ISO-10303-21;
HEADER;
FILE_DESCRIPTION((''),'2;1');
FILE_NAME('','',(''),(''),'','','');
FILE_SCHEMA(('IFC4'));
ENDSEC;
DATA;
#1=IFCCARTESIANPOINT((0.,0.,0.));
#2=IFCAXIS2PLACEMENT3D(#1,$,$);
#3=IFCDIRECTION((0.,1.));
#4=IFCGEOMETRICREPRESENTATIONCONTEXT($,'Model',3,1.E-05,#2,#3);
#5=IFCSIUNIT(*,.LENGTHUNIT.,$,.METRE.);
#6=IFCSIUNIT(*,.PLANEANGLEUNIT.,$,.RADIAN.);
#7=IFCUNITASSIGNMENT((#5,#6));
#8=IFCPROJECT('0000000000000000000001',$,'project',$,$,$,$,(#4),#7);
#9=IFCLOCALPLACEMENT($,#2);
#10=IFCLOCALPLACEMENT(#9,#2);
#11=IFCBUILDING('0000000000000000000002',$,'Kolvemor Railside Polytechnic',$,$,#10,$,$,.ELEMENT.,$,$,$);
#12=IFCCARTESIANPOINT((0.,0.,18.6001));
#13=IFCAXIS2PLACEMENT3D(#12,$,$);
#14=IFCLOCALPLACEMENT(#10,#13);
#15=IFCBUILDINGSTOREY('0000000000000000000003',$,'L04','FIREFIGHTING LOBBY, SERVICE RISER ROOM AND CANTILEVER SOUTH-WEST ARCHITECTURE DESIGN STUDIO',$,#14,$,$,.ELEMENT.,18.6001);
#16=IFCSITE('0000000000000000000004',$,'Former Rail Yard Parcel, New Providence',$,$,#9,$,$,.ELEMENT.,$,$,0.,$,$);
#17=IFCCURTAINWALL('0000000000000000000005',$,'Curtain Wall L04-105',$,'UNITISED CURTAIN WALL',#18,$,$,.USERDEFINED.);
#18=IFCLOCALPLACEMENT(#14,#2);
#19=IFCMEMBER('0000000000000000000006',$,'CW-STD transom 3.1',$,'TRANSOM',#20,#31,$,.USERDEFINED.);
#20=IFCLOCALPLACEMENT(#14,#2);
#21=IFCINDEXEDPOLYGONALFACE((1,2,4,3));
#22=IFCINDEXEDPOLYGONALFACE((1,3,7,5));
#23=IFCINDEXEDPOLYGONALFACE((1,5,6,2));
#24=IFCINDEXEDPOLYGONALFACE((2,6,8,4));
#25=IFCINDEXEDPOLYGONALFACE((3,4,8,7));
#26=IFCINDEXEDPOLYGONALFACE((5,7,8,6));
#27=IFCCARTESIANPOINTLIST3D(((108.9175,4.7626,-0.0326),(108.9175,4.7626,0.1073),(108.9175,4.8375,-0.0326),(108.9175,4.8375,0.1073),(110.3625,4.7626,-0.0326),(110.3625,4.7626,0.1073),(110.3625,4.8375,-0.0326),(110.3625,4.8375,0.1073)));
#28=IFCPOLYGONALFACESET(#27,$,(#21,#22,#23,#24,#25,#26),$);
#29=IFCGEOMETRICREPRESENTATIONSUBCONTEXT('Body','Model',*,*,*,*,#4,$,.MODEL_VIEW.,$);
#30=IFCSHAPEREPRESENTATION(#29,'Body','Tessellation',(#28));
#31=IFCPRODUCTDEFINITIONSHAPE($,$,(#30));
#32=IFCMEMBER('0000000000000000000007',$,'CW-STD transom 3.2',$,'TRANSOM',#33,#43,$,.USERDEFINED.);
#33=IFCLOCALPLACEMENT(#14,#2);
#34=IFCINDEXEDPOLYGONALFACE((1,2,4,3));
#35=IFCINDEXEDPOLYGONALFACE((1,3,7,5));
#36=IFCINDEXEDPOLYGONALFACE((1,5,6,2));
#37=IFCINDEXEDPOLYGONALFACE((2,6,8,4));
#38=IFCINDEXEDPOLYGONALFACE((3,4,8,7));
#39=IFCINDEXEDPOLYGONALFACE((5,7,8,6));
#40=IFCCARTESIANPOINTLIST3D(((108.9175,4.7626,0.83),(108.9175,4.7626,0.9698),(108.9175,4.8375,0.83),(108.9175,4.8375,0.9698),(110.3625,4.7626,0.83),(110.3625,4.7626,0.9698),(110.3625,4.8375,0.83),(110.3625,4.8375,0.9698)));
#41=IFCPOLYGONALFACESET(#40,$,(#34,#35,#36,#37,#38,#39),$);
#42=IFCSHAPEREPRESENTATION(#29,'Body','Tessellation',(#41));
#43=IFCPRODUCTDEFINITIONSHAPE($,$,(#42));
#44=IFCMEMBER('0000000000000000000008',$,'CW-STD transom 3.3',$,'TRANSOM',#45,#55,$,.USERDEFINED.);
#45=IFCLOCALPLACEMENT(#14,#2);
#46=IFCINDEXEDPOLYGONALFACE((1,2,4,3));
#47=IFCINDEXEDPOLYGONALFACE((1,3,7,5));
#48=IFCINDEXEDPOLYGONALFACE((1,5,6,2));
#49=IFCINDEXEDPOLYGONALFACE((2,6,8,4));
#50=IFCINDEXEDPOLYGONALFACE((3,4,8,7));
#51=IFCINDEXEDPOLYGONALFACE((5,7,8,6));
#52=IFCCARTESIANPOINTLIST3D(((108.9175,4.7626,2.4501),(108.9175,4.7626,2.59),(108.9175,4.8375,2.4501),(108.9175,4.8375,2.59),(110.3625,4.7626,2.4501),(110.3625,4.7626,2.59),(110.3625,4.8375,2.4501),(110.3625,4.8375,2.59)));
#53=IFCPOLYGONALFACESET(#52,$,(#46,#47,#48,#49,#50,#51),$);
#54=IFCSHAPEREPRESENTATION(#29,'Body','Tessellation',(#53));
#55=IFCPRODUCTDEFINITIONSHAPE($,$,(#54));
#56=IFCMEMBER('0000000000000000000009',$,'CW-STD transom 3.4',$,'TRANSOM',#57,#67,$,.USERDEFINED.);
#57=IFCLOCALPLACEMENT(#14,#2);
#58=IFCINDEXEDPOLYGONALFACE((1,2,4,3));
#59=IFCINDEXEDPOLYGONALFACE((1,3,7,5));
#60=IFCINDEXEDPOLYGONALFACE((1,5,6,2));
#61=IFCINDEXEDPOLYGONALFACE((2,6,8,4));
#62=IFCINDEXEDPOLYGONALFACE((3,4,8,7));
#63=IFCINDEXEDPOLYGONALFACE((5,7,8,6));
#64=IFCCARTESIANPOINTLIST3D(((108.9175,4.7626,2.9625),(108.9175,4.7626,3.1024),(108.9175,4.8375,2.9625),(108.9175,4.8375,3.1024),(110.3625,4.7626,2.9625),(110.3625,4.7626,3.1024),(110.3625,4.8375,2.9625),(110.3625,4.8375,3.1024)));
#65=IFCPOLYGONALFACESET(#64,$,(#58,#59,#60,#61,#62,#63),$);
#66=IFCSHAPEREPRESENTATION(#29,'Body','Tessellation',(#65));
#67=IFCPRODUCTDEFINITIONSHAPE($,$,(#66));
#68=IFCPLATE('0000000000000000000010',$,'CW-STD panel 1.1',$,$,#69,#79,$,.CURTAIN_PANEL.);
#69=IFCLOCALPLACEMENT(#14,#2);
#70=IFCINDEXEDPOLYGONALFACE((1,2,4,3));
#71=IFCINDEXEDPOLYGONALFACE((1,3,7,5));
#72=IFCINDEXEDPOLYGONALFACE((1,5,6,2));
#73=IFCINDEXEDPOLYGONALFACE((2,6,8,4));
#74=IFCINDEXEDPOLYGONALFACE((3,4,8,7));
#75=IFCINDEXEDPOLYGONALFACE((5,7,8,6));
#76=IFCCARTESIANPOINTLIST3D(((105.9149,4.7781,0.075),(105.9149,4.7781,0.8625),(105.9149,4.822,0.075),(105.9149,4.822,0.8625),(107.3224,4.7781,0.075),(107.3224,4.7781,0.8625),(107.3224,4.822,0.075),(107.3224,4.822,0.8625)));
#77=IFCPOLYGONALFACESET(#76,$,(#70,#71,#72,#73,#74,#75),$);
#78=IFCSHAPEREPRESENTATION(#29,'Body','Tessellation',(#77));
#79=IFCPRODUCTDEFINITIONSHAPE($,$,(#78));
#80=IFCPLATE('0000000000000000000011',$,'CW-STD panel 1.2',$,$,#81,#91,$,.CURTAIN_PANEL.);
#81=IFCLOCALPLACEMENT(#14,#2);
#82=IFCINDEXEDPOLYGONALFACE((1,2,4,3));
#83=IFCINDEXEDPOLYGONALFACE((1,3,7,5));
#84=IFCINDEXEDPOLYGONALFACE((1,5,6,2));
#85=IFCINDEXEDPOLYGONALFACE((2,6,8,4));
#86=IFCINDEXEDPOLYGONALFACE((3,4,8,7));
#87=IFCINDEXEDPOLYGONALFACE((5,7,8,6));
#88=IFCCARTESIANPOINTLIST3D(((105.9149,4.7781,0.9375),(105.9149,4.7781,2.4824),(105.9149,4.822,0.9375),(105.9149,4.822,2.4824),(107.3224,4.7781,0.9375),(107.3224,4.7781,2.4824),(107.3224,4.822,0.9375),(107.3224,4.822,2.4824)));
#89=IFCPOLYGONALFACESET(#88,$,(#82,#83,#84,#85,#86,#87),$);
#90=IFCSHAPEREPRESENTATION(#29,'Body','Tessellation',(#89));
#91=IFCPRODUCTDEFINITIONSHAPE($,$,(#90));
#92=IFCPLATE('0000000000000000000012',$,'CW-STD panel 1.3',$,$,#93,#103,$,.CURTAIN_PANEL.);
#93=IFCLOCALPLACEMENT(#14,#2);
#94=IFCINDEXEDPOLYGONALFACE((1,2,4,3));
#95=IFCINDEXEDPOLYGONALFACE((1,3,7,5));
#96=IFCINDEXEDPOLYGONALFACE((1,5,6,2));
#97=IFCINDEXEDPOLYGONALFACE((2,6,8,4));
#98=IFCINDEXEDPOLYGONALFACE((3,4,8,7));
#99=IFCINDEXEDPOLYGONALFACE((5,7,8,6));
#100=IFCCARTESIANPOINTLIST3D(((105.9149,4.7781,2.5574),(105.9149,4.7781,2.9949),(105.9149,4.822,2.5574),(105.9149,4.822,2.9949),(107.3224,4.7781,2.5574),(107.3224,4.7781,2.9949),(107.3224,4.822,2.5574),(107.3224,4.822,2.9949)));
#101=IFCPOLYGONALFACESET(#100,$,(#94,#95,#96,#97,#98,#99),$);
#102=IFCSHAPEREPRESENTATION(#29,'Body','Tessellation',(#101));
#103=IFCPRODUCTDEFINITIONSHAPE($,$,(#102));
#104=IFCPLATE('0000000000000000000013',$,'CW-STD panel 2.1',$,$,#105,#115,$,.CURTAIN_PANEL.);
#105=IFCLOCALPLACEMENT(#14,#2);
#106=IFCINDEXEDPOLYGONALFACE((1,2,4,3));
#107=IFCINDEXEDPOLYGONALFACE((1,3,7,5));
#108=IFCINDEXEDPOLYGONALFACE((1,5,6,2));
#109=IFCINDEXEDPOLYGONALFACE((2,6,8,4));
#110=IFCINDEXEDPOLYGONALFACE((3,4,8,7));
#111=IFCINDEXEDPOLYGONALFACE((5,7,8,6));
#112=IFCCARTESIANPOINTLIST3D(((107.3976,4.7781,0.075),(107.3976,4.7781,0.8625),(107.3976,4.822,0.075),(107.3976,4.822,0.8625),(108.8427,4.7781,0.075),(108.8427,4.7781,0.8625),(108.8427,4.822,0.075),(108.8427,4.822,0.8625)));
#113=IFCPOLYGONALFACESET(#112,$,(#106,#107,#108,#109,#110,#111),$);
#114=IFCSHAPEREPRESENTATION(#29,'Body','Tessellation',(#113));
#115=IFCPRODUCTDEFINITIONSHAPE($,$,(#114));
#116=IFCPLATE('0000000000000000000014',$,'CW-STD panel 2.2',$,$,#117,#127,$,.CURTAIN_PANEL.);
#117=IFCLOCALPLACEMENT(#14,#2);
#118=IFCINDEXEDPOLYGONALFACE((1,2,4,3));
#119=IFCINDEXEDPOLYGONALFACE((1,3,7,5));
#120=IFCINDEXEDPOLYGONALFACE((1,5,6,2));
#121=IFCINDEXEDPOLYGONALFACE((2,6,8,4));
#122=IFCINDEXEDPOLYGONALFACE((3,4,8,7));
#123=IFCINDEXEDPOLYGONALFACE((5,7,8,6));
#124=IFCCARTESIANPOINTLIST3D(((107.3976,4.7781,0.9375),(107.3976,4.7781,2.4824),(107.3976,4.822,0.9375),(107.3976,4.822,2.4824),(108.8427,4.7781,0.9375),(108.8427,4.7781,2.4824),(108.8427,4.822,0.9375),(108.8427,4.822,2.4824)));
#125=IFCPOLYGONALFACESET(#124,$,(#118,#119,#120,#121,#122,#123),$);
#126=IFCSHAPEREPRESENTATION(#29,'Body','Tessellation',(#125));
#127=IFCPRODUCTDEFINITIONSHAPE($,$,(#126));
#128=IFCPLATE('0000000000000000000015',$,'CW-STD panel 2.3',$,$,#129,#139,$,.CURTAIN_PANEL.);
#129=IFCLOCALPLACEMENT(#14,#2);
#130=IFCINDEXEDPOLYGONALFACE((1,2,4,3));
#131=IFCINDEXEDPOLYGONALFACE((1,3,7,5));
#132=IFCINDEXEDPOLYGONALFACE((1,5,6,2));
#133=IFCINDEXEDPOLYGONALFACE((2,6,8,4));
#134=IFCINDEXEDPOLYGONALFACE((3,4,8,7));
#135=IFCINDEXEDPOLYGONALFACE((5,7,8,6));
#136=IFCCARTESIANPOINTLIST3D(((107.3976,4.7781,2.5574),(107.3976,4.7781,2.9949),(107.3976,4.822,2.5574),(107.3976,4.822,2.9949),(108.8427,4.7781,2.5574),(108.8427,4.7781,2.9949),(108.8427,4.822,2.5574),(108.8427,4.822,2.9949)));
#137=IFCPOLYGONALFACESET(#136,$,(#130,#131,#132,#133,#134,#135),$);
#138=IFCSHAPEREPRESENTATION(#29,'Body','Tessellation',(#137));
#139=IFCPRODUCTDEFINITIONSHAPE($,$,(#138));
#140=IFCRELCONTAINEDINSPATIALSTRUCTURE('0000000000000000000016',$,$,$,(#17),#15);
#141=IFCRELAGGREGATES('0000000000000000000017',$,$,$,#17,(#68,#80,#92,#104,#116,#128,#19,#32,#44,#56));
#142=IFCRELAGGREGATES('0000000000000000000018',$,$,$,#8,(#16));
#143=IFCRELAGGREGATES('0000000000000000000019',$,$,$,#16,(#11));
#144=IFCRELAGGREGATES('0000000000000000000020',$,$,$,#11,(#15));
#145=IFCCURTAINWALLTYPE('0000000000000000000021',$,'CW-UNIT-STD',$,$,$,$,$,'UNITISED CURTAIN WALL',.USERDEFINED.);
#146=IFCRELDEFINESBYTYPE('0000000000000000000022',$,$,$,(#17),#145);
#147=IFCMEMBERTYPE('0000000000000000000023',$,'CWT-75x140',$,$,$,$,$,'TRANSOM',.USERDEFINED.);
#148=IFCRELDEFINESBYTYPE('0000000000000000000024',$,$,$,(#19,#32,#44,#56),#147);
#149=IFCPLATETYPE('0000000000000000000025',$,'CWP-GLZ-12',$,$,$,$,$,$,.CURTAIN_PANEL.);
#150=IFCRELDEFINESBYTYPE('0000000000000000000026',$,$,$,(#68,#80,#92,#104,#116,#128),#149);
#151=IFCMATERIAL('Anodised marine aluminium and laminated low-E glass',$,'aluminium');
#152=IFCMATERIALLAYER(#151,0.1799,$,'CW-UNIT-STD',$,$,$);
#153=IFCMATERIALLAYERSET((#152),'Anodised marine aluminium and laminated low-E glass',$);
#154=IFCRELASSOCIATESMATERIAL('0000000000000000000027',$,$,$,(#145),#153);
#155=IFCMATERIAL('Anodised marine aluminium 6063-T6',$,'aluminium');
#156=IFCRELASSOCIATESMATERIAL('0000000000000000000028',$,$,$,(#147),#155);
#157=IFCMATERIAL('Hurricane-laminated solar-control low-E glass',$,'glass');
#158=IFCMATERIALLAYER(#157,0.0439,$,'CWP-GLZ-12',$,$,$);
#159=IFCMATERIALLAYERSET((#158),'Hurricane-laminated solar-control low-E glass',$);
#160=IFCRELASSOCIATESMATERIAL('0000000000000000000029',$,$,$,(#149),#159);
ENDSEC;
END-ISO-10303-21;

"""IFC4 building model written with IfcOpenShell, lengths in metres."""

from ifc_helpers import new_model, si_unit, direction, frame, origin, origin_2d, place, context, subcontext, project, spatial, rectangle, extrude, material, layer, layer_set, material_profile, profile_set, type_object, element, aggregate, save


model = new_model("IFC4")

# Units and contexts
model_context = context("Model", 3, precision=1e-05, world=origin(), true_north=direction((0.0, 1.0)))
body_context = subcontext(model_context, "Body", "Model", "MODEL_VIEW")
ifc_project = project(units=[si_unit("LENGTHUNIT", "METRE"), si_unit("PLANEANGLEUNIT", "RADIAN")], contexts=[model_context])

# Site, building, storey
site_placement = place(None, origin())
site = spatial("IfcSite", under=ifc_project, at=site_placement, Name="Former Rail Yard Parcel, New Providence", CompositionType="ELEMENT", RefElevation=0.0)
building_placement = place(site_placement, origin())
building = spatial("IfcBuilding", under=site, at=building_placement, Name="Kolvemor Railside Polytechnic", CompositionType="ELEMENT")
storey_placement = place(building_placement, frame((0.0, 0.0, 18.6001)))
storey = spatial("IfcBuildingStorey", under=building, at=storey_placement, Name="L04", Description="FIREFIGHTING LOBBY, SERVICE RISER ROOM AND CANTILEVER SOUTH-WEST ARCHITECTURE DESIGN STUDIO", CompositionType="ELEMENT", Elevation=18.6001)

# Curtain wall, members, plates
ifc_material_1 = material(Name="Anodised marine aluminium and laminated low-E glass", Category="aluminium")
ifc_layer_1 = layer(ifc_material_1, 0.1799, Name="CW-UNIT-STD")
ifc_layer_set_1 = layer_set([ifc_layer_1], Name="Anodised marine aluminium and laminated low-E glass")
curtain_wall_type = type_object("IfcCurtainWallType", Name="CW-UNIT-STD", ElementType="UNITISED CURTAIN WALL", PredefinedType="USERDEFINED", material=ifc_layer_set_1)
curtain_wall_placement = place(storey_placement, origin())
curtain_wall = element("IfcCurtainWall", 1, at=curtain_wall_placement, inside=storey, type_object=curtain_wall_type, Name="Curtain Wall L04-105", ObjectType="UNITISED CURTAIN WALL", PredefinedType="USERDEFINED")
ifc_material_2 = material(Name="Anodised marine aluminium 6063-T6", Category="aluminium")
ifc_material_profile_1 = material_profile(ifc_material_2, rectangle(XDim=0.075, YDim=0.1399, at=origin_2d()), Name="CW-TRN-75x140")
ifc_profile_set_1 = profile_set([ifc_material_profile_1], Name="Anodised marine aluminium 6063-T6")
member_type_1 = type_object("IfcMemberType", Name="CWT-75x140", ElementType="TRANSOM", PredefinedType="USERDEFINED", material=ifc_profile_set_1)
member_1_placement = place(storey_placement, frame((108.9175, 4.8, 0.0374), z_axis=(1.0, 0.0, 0.0), x_axis=(0.0, 1.0, 0.0)))
member_1 = element("IfcMember", 2, at=member_1_placement, type_object=member_type_1, Name="CW-STD transom 3.1", ObjectType="TRANSOM", PredefinedType="USERDEFINED", context=body_context, shape_type="SweptSolid", body=[
    extrude(rectangle(XDim=0.075, YDim=0.1399, at=origin_2d()), origin(), (0.0, 0.0, 1.0), 1.4451),
])
member_2_placement = place(storey_placement, frame((108.9175, 4.8, 0.8999), z_axis=(1.0, 0.0, 0.0), x_axis=(0.0, 1.0, 0.0)))
member_2 = element("IfcMember", 3, at=member_2_placement, type_object=member_type_1, Name="CW-STD transom 3.2", ObjectType="TRANSOM", PredefinedType="USERDEFINED", context=body_context, shape_type="SweptSolid", body=[
    extrude(rectangle(XDim=0.075, YDim=0.1399, at=origin_2d()), origin(), (0.0, 0.0, 1.0), 1.4451),
])
member_3_placement = place(storey_placement, frame((108.9175, 4.8, 2.52), z_axis=(1.0, 0.0, 0.0), x_axis=(0.0, 1.0, 0.0)))
member_3 = element("IfcMember", 4, at=member_3_placement, type_object=member_type_1, Name="CW-STD transom 3.3", ObjectType="TRANSOM", PredefinedType="USERDEFINED", context=body_context, shape_type="SweptSolid", body=[
    extrude(rectangle(XDim=0.075, YDim=0.1399, at=origin_2d()), origin(), (0.0, 0.0, 1.0), 1.4451),
])
member_4_placement = place(storey_placement, frame((108.9175, 4.8, 3.0325), z_axis=(1.0, 0.0, 0.0), x_axis=(0.0, 1.0, 0.0)))
member_4 = element("IfcMember", 5, at=member_4_placement, type_object=member_type_1, Name="CW-STD transom 3.4", ObjectType="TRANSOM", PredefinedType="USERDEFINED", context=body_context, shape_type="SweptSolid", body=[
    extrude(rectangle(XDim=0.075, YDim=0.1399, at=origin_2d()), origin(), (0.0, 0.0, 1.0), 1.4451),
])
ifc_material_3 = material(Name="Hurricane-laminated solar-control low-E glass", Category="glass")
ifc_layer_2 = layer(ifc_material_3, 0.0439, Name="CWP-GLZ-12")
ifc_layer_set_2 = layer_set([ifc_layer_2], Name="Hurricane-laminated solar-control low-E glass")
plate_type = type_object("IfcPlateType", Name="CWP-GLZ-12", PredefinedType="CURTAIN_PANEL", material=ifc_layer_set_2)
plate_1_placement = place(storey_placement, frame((106.6187, 4.8, 0.075), z_axis=(0.0, 0.0, 1.0), x_axis=(1.0, 0.0, 0.0)))
plate_1 = element("IfcPlate", 6, at=plate_1_placement, type_object=plate_type, Name="CW-STD panel 1.1", PredefinedType="CURTAIN_PANEL", context=body_context, shape_type="SweptSolid", body=[
    extrude(rectangle(XDim=1.4075, YDim=0.0439, at=origin_2d()), origin(), (0.0, 0.0, 1.0), 0.7876),
])
plate_2_placement = place(storey_placement, frame((106.6187, 4.8, 0.9375), z_axis=(0.0, 0.0, 1.0), x_axis=(1.0, 0.0, 0.0)))
plate_2 = element("IfcPlate", 7, at=plate_2_placement, type_object=plate_type, Name="CW-STD panel 1.2", PredefinedType="CURTAIN_PANEL", context=body_context, shape_type="SweptSolid", body=[
    extrude(rectangle(XDim=1.4075, YDim=0.0439, at=origin_2d()), origin(), (0.0, 0.0, 1.0), 1.5449),
])
plate_3_placement = place(storey_placement, frame((106.6187, 4.8, 2.5574), z_axis=(0.0, 0.0, 1.0), x_axis=(1.0, 0.0, 0.0)))
plate_3 = element("IfcPlate", 8, at=plate_3_placement, type_object=plate_type, Name="CW-STD panel 1.3", PredefinedType="CURTAIN_PANEL", context=body_context, shape_type="SweptSolid", body=[
    extrude(rectangle(XDim=1.4075, YDim=0.0439, at=origin_2d()), origin(), (0.0, 0.0, 1.0), 0.4375),
])
plate_4_placement = place(storey_placement, frame((108.1201, 4.8, 0.075), z_axis=(0.0, 0.0, 1.0), x_axis=(1.0, 0.0, 0.0)))
plate_4 = element("IfcPlate", 9, at=plate_4_placement, type_object=plate_type, Name="CW-STD panel 2.1", PredefinedType="CURTAIN_PANEL", context=body_context, shape_type="SweptSolid", body=[
    extrude(rectangle(XDim=1.4451, YDim=0.0439, at=origin_2d()), origin(), (0.0, 0.0, 1.0), 0.7876),
])
plate_5_placement = place(storey_placement, frame((108.1201, 4.8, 0.9375), z_axis=(0.0, 0.0, 1.0), x_axis=(1.0, 0.0, 0.0)))
plate_5 = element("IfcPlate", 10, at=plate_5_placement, type_object=plate_type, Name="CW-STD panel 2.2", PredefinedType="CURTAIN_PANEL", context=body_context, shape_type="SweptSolid", body=[
    extrude(rectangle(XDim=1.4451, YDim=0.0439, at=origin_2d()), origin(), (0.0, 0.0, 1.0), 1.5449),
])
plate_6_placement = place(storey_placement, frame((108.1201, 4.8, 2.5574), z_axis=(0.0, 0.0, 1.0), x_axis=(1.0, 0.0, 0.0)))
plate_6 = element("IfcPlate", 11, at=plate_6_placement, type_object=plate_type, Name="CW-STD panel 2.3", PredefinedType="CURTAIN_PANEL", context=body_context, shape_type="SweptSolid", body=[
    extrude(rectangle(XDim=1.4451, YDim=0.0439, at=origin_2d()), origin(), (0.0, 0.0, 1.0), 0.4375),
])
aggregate(curtain_wall, [plate_1, plate_2, plate_3, plate_4, plate_5, plate_6, member_1, member_2, member_3, member_4])

save(model, "model.ifc")
